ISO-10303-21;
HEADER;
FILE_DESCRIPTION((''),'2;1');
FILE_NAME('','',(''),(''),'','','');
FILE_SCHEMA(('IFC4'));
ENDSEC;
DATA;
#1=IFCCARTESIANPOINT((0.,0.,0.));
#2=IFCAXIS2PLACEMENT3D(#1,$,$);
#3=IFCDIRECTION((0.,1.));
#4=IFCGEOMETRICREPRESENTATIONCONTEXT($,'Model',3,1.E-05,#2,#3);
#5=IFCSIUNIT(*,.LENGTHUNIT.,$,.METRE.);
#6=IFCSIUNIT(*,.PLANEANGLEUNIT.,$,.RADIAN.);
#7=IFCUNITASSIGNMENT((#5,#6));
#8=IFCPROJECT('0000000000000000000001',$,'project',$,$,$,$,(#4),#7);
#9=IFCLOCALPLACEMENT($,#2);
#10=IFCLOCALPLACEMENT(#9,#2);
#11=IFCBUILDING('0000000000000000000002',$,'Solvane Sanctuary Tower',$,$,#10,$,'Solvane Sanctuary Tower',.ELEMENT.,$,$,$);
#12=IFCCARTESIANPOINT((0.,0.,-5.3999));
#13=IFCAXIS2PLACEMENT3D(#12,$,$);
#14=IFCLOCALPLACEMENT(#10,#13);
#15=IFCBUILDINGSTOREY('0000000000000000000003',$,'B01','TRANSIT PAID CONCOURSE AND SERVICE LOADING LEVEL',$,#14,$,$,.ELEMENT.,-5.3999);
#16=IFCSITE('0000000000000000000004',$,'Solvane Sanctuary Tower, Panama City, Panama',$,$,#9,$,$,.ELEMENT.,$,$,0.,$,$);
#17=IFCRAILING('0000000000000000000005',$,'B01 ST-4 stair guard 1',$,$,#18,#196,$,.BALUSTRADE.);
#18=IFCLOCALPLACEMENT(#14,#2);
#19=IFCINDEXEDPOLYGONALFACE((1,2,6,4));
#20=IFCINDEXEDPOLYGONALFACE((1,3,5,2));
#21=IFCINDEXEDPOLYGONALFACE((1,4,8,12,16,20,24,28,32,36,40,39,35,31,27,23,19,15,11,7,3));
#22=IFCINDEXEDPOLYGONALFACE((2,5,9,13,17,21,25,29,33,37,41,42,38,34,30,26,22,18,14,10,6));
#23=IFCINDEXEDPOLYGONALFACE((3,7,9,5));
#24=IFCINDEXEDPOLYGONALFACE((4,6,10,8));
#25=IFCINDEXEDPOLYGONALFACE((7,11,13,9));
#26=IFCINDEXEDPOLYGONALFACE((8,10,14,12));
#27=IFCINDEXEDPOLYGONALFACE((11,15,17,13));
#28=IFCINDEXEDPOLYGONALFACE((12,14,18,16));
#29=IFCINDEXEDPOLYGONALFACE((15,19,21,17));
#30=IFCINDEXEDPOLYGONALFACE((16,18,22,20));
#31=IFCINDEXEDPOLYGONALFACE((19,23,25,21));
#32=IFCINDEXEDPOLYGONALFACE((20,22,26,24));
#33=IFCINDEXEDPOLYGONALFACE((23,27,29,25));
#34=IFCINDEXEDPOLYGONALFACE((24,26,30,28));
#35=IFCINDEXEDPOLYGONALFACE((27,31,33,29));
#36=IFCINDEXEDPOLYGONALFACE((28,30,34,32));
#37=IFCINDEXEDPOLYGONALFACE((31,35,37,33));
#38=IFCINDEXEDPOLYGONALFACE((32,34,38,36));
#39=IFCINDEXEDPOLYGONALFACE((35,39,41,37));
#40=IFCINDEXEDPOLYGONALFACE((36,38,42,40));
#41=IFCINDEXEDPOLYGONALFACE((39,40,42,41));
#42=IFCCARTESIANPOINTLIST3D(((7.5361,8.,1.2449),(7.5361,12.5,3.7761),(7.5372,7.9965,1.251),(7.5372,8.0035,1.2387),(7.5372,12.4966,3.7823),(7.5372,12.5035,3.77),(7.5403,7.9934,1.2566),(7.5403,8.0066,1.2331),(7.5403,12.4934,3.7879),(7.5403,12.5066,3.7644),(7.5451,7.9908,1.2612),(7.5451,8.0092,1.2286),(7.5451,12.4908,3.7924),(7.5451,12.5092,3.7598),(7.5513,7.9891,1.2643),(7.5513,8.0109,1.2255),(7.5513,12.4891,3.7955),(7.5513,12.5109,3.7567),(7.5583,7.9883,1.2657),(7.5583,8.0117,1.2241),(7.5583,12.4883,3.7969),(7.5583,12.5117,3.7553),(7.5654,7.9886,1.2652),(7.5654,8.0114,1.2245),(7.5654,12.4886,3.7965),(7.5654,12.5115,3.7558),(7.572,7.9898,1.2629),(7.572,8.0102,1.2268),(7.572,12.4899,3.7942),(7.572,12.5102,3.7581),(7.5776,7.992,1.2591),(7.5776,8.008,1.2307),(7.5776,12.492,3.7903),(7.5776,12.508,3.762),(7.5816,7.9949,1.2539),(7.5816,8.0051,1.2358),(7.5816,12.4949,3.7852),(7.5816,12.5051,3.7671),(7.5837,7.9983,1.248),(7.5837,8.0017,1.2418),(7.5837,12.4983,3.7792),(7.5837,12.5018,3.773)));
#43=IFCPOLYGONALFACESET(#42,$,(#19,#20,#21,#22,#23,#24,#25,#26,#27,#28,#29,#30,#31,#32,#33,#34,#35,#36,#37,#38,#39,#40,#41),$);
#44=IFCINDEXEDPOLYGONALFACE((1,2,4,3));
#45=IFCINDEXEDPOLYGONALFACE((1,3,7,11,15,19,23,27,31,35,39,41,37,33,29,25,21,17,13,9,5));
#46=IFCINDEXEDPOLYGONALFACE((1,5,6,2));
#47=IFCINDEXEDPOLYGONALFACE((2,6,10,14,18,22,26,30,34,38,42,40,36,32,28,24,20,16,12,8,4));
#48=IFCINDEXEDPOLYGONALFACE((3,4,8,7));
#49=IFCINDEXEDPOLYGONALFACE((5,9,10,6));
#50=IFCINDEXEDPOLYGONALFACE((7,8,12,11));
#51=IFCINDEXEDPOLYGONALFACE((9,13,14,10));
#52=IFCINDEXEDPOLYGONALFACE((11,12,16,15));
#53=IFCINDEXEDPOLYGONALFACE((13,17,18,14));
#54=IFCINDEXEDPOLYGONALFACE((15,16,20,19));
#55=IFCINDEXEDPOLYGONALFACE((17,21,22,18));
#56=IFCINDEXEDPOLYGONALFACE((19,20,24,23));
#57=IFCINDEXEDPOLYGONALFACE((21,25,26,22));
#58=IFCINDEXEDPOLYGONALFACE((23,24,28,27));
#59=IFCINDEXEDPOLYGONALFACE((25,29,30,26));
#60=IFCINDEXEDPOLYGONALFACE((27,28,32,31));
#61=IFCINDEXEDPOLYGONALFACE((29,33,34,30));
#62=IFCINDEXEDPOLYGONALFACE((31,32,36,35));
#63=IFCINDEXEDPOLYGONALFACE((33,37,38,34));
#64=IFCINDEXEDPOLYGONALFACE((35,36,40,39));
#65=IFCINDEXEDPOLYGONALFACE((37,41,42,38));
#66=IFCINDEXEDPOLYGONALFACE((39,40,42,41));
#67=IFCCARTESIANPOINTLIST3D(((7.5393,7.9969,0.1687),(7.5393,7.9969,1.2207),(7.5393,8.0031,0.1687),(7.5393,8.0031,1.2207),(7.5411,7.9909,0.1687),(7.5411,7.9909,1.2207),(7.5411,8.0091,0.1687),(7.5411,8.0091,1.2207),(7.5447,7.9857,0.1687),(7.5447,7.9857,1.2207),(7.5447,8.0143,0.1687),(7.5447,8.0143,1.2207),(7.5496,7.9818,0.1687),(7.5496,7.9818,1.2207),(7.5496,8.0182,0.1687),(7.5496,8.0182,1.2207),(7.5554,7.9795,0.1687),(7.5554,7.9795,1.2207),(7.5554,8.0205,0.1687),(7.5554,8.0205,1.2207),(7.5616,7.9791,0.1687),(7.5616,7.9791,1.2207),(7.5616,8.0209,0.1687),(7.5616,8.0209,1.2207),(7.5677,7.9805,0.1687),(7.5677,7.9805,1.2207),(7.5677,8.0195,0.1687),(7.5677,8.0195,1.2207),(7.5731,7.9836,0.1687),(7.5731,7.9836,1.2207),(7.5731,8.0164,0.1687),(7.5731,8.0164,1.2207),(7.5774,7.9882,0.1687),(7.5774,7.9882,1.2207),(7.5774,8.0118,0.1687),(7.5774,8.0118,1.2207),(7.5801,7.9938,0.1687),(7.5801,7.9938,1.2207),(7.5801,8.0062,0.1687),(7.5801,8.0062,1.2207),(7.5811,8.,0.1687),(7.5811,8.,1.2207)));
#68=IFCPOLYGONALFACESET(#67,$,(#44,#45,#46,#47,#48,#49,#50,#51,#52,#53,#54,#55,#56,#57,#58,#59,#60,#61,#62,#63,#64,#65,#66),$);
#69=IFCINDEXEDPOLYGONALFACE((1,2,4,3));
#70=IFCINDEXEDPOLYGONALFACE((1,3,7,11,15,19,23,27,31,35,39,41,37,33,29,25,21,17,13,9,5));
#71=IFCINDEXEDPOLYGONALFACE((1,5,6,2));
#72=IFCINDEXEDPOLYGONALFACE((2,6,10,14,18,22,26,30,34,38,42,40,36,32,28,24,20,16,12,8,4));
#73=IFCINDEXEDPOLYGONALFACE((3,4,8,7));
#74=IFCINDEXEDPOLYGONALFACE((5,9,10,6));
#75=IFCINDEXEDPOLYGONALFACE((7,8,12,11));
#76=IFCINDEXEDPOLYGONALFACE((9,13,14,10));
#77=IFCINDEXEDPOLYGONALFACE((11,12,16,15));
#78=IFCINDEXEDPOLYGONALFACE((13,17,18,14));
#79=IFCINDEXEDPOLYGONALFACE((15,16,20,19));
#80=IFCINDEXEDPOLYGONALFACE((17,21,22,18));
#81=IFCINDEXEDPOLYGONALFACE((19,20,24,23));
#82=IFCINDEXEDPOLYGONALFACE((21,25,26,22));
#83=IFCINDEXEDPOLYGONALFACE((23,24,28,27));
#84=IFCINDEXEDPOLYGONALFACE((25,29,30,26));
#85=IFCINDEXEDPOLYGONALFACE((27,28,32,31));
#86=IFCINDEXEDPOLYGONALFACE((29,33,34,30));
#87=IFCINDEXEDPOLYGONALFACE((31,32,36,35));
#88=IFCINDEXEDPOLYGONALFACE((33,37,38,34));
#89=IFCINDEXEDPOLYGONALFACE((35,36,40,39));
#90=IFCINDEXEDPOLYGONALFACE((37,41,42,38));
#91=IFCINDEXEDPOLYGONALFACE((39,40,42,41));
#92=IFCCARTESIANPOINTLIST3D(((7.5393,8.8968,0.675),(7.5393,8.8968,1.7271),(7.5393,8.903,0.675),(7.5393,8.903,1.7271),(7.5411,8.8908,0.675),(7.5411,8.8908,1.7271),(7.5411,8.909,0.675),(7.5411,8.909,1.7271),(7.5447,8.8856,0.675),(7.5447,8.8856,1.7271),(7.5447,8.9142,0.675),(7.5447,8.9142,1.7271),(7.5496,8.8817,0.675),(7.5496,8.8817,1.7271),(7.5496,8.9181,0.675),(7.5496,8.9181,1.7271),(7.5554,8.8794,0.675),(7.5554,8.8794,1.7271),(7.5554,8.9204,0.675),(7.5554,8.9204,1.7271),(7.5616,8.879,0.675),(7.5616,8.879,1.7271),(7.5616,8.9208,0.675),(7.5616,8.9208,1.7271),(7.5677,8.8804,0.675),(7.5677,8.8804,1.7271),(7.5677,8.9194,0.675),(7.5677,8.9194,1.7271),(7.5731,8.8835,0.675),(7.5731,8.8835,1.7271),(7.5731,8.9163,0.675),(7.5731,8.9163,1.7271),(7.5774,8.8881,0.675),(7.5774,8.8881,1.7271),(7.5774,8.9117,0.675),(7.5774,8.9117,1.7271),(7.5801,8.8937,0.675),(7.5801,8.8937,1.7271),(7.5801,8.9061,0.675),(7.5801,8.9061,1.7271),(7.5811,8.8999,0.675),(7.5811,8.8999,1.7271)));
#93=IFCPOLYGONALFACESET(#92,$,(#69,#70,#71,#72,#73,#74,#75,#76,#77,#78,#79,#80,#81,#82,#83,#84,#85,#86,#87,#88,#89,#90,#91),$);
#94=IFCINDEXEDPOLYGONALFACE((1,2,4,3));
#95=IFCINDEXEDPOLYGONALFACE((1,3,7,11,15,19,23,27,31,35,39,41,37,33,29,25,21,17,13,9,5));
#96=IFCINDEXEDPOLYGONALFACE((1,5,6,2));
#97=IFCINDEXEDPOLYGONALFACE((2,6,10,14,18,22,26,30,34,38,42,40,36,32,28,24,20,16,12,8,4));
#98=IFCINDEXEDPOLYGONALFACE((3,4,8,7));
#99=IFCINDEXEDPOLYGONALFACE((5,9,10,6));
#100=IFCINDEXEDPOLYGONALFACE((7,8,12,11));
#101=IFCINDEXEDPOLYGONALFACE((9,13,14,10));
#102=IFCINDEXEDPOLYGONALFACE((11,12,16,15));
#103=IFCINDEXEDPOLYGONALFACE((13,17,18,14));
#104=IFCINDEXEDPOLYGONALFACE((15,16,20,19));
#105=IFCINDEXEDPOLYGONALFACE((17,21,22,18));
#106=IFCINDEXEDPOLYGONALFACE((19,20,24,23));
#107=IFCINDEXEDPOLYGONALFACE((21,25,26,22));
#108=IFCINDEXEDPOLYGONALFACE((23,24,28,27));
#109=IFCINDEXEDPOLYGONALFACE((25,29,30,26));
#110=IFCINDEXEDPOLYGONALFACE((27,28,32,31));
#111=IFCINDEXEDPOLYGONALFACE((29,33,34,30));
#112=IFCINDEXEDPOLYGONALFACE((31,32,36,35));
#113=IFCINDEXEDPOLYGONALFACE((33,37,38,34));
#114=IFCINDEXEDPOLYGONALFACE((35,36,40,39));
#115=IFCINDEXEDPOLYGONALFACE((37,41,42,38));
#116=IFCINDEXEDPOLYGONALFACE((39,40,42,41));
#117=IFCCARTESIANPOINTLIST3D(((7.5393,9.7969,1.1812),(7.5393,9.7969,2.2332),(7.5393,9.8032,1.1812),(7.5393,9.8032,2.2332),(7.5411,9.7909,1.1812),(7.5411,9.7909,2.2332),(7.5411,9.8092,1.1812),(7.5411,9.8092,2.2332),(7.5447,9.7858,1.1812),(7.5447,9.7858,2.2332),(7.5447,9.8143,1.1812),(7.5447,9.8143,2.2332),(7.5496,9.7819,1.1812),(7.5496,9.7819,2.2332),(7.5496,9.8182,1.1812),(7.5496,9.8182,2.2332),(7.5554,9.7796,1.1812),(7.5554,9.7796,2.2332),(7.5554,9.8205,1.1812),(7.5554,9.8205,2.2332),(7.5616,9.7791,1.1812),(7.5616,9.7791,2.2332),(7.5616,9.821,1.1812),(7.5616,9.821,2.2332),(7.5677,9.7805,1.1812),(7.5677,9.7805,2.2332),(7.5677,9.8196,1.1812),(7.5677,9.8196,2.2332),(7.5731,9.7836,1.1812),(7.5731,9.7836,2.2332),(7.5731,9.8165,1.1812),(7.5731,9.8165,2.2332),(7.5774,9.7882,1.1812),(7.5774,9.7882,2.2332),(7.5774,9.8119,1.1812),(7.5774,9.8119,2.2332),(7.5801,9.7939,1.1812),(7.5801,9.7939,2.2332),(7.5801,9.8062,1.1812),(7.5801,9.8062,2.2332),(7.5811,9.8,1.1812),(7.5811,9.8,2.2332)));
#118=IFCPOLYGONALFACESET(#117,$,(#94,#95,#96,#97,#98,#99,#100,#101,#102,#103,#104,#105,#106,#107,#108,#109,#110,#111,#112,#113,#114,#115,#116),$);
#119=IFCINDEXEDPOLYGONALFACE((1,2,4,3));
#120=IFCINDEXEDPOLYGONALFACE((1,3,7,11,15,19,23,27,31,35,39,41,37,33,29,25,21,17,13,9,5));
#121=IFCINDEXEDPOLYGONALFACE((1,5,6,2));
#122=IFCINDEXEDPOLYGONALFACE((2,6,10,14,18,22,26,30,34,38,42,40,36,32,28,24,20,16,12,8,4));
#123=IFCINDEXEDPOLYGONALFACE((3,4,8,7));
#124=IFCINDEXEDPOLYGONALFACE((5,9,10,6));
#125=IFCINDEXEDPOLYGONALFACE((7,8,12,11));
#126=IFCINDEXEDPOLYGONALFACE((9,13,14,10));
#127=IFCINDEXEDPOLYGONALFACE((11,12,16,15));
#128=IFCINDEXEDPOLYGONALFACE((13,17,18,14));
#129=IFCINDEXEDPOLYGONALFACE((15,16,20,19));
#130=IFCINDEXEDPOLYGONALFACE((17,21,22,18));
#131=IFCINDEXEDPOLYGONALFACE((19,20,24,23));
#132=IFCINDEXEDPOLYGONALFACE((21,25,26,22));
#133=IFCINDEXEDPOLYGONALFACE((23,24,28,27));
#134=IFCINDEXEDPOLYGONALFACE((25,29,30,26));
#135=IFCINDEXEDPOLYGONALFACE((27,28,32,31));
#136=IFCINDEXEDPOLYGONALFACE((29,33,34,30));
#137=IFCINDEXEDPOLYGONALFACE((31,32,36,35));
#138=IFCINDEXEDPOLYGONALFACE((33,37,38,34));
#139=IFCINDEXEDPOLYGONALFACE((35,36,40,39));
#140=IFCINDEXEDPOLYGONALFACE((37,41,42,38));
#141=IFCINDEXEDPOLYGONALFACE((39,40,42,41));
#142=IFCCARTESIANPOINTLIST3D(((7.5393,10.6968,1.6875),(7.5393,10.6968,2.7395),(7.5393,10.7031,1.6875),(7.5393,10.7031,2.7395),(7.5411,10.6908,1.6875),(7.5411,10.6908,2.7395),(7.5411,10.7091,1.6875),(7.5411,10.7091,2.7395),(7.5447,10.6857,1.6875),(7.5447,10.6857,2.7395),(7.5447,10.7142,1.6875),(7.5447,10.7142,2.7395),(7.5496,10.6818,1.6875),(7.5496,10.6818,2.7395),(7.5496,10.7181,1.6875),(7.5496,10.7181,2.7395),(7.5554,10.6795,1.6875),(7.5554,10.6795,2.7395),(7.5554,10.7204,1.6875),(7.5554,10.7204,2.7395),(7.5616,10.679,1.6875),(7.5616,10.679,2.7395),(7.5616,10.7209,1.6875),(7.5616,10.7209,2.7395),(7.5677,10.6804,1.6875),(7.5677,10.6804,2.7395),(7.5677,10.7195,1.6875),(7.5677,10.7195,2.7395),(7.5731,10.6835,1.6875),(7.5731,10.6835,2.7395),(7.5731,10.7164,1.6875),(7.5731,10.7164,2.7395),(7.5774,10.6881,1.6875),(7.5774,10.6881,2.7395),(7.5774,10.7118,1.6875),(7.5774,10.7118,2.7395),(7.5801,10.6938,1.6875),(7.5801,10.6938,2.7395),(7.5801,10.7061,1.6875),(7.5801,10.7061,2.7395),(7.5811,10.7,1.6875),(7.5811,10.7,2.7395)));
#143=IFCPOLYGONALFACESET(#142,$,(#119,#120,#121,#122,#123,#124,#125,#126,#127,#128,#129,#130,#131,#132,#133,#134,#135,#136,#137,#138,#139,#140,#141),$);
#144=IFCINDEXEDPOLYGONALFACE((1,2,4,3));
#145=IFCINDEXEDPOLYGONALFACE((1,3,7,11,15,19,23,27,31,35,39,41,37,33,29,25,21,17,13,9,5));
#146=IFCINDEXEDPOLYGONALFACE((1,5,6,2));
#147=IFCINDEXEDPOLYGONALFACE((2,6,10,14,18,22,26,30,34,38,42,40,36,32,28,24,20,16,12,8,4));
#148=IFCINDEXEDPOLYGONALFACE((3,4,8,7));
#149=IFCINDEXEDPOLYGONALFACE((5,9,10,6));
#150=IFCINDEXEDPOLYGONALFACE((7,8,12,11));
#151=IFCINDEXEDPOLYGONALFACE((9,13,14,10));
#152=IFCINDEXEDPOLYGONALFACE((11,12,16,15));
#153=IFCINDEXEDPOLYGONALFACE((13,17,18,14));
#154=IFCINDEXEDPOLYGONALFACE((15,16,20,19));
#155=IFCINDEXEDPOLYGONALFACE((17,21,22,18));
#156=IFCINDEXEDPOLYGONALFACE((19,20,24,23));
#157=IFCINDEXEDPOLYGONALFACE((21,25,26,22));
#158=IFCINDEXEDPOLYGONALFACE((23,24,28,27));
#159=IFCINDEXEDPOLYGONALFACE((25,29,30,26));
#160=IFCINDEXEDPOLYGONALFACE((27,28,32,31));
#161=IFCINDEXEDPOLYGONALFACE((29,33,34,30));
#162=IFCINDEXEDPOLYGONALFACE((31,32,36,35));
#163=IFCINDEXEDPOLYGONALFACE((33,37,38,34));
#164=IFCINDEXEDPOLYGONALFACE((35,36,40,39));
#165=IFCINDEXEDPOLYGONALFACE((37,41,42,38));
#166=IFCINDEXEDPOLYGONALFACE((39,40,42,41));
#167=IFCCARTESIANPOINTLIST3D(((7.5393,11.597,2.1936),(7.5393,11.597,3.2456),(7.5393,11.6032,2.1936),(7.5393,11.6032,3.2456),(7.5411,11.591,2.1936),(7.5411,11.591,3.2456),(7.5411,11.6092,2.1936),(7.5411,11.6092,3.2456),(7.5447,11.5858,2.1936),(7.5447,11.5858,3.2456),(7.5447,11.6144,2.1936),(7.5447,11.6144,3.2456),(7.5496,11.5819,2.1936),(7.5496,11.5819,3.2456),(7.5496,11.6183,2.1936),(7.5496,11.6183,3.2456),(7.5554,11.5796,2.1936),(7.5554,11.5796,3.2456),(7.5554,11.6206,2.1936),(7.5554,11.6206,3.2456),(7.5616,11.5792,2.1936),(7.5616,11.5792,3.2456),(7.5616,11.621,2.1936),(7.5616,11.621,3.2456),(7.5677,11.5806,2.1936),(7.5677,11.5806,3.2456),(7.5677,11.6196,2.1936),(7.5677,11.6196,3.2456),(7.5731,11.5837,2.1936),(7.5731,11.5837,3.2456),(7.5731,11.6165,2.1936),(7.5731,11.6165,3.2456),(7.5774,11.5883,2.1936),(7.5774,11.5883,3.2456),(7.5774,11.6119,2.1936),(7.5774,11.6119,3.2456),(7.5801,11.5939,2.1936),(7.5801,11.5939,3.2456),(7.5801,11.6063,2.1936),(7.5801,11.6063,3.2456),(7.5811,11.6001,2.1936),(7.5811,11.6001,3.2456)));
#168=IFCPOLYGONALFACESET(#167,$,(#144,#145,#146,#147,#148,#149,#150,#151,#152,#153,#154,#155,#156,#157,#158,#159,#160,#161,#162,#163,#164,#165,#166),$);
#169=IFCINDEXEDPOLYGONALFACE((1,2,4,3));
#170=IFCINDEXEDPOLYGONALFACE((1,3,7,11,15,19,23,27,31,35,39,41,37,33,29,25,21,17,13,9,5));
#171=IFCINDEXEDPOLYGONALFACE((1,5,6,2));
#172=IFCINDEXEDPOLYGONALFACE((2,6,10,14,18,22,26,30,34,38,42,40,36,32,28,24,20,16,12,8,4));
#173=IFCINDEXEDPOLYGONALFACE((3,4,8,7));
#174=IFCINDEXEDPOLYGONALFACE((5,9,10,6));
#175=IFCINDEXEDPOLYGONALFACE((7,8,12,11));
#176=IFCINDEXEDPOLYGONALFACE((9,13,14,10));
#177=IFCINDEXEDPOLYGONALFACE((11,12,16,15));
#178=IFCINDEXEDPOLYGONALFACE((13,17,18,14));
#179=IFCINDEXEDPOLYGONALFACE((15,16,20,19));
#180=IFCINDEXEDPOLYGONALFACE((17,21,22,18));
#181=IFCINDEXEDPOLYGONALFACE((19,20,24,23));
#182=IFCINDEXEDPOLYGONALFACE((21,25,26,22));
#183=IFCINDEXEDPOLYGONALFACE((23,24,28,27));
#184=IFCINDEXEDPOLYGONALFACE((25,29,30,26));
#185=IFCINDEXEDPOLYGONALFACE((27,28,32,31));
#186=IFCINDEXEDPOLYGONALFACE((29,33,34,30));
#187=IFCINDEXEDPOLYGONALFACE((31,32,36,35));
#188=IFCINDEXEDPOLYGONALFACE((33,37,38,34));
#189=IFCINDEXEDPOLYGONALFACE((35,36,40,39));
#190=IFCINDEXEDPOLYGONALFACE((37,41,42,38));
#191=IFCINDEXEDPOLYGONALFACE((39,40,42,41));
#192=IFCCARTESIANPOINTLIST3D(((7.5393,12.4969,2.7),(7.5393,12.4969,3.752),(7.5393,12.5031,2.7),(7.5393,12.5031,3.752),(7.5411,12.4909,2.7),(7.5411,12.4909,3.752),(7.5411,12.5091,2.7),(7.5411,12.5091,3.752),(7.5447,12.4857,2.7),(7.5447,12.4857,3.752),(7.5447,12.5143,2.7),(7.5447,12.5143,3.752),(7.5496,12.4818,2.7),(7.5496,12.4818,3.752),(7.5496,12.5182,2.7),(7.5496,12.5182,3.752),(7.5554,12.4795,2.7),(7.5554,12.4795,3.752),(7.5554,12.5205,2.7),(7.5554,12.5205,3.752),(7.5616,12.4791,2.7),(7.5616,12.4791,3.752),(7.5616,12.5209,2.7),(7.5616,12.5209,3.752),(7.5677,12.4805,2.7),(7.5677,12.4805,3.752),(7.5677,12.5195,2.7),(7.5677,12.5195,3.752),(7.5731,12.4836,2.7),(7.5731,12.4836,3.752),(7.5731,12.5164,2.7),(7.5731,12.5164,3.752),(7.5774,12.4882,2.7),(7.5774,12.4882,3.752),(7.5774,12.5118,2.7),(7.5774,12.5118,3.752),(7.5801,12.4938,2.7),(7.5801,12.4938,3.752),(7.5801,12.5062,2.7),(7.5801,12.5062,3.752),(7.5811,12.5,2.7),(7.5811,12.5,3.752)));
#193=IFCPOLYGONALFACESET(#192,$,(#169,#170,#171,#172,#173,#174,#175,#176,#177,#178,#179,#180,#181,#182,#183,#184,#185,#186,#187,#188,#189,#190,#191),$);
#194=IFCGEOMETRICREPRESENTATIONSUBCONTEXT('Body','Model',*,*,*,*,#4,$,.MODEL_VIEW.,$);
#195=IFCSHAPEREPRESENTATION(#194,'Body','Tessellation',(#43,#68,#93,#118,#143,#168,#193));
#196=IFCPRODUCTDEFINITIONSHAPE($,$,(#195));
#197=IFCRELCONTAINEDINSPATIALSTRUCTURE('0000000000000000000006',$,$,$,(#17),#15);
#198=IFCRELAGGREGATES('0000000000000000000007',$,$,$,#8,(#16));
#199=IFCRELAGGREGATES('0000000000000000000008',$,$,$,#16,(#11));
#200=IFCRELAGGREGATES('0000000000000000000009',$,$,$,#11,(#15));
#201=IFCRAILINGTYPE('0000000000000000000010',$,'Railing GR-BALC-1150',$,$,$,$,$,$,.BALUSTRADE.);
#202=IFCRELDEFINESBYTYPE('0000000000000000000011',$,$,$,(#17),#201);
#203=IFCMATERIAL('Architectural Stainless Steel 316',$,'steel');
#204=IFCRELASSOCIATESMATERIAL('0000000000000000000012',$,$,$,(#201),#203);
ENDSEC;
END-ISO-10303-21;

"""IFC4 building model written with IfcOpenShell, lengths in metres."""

from ifc_helpers import new_model, si_unit, direction, frame, origin, origin_2d, place, context, subcontext, project, spatial, circle, extrude, material, type_object, element, save


model = new_model("IFC4")

# Units and contexts
model_context = context("Model", 3, precision=1e-05, world=origin(), true_north=direction((0.0, 1.0)))
body_context = subcontext(model_context, "Body", "Model", "MODEL_VIEW")
ifc_project = project(units=[si_unit("LENGTHUNIT", "METRE"), si_unit("PLANEANGLEUNIT", "RADIAN")], contexts=[model_context])

# Site, building, storey
site_placement = place(None, origin())
site = spatial("IfcSite", under=ifc_project, at=site_placement, Name="Solvane Sanctuary Tower, Panama City, Panama", CompositionType="ELEMENT", RefElevation=0.0)
building_placement = place(site_placement, origin())
building = spatial("IfcBuilding", under=site, at=building_placement, Name="Solvane Sanctuary Tower", LongName="Solvane Sanctuary Tower", CompositionType="ELEMENT")
storey_placement = place(building_placement, frame((0.0, 0.0, -5.3999)))
storey = spatial("IfcBuildingStorey", under=building, at=storey_placement, Name="B01", Description="TRANSIT PAID CONCOURSE AND SERVICE LOADING LEVEL", CompositionType="ELEMENT", Elevation=-5.3999)

# Shared definitions
ifc_material_1 = material(Name="Architectural Stainless Steel 316", Category="steel")

# Railing
railing_type_1 = type_object("IfcRailingType", Name="Railing GR-BALC-1150", PredefinedType="BALUSTRADE", material=ifc_material_1)
railing_1_placement = place(storey_placement, frame((7.5601, 8.0, 0.1687)))
element("IfcRailing", 1, at=railing_1_placement, inside=storey, type_object=railing_type_1, Name="B01 ST-4 stair guard 1", PredefinedType="BALUSTRADE", context=body_context, shape_type="SweptSolid", body=[
    extrude(circle(Radius=0.0239, at=origin_2d()), frame((0.0, 0.0, 1.0762), z_axis=(0.0, 0.871576, 0.490261), x_axis=(-1.0, 0.0, 0.0)), (0.0, 0.0, 1.0), 5.1631),
    extrude(circle(Radius=0.021, at=origin_2d()), origin(), (0.0, 0.0, 1.0), 1.052),
    extrude(circle(Radius=0.021, at=origin_2d()), frame((0.0, 0.8999, 0.5063)), (0.0, 0.0, 1.0), 1.052),
    extrude(circle(Radius=0.021, at=origin_2d()), frame((0.0, 1.8, 1.0125)), (0.0, 0.0, 1.0), 1.052),
    extrude(circle(Radius=0.021, at=origin_2d()), frame((0.0, 2.7, 1.5188)), (0.0, 0.0, 1.0), 1.052),
    extrude(circle(Radius=0.021, at=origin_2d()), frame((0.0, 3.6001, 2.0249)), (0.0, 0.0, 1.0), 1.052),
    extrude(circle(Radius=0.021, at=origin_2d()), frame((0.0, 4.5, 2.5312)), (0.0, 0.0, 1.0), 1.052),
])

save(model, "model.ifc")
